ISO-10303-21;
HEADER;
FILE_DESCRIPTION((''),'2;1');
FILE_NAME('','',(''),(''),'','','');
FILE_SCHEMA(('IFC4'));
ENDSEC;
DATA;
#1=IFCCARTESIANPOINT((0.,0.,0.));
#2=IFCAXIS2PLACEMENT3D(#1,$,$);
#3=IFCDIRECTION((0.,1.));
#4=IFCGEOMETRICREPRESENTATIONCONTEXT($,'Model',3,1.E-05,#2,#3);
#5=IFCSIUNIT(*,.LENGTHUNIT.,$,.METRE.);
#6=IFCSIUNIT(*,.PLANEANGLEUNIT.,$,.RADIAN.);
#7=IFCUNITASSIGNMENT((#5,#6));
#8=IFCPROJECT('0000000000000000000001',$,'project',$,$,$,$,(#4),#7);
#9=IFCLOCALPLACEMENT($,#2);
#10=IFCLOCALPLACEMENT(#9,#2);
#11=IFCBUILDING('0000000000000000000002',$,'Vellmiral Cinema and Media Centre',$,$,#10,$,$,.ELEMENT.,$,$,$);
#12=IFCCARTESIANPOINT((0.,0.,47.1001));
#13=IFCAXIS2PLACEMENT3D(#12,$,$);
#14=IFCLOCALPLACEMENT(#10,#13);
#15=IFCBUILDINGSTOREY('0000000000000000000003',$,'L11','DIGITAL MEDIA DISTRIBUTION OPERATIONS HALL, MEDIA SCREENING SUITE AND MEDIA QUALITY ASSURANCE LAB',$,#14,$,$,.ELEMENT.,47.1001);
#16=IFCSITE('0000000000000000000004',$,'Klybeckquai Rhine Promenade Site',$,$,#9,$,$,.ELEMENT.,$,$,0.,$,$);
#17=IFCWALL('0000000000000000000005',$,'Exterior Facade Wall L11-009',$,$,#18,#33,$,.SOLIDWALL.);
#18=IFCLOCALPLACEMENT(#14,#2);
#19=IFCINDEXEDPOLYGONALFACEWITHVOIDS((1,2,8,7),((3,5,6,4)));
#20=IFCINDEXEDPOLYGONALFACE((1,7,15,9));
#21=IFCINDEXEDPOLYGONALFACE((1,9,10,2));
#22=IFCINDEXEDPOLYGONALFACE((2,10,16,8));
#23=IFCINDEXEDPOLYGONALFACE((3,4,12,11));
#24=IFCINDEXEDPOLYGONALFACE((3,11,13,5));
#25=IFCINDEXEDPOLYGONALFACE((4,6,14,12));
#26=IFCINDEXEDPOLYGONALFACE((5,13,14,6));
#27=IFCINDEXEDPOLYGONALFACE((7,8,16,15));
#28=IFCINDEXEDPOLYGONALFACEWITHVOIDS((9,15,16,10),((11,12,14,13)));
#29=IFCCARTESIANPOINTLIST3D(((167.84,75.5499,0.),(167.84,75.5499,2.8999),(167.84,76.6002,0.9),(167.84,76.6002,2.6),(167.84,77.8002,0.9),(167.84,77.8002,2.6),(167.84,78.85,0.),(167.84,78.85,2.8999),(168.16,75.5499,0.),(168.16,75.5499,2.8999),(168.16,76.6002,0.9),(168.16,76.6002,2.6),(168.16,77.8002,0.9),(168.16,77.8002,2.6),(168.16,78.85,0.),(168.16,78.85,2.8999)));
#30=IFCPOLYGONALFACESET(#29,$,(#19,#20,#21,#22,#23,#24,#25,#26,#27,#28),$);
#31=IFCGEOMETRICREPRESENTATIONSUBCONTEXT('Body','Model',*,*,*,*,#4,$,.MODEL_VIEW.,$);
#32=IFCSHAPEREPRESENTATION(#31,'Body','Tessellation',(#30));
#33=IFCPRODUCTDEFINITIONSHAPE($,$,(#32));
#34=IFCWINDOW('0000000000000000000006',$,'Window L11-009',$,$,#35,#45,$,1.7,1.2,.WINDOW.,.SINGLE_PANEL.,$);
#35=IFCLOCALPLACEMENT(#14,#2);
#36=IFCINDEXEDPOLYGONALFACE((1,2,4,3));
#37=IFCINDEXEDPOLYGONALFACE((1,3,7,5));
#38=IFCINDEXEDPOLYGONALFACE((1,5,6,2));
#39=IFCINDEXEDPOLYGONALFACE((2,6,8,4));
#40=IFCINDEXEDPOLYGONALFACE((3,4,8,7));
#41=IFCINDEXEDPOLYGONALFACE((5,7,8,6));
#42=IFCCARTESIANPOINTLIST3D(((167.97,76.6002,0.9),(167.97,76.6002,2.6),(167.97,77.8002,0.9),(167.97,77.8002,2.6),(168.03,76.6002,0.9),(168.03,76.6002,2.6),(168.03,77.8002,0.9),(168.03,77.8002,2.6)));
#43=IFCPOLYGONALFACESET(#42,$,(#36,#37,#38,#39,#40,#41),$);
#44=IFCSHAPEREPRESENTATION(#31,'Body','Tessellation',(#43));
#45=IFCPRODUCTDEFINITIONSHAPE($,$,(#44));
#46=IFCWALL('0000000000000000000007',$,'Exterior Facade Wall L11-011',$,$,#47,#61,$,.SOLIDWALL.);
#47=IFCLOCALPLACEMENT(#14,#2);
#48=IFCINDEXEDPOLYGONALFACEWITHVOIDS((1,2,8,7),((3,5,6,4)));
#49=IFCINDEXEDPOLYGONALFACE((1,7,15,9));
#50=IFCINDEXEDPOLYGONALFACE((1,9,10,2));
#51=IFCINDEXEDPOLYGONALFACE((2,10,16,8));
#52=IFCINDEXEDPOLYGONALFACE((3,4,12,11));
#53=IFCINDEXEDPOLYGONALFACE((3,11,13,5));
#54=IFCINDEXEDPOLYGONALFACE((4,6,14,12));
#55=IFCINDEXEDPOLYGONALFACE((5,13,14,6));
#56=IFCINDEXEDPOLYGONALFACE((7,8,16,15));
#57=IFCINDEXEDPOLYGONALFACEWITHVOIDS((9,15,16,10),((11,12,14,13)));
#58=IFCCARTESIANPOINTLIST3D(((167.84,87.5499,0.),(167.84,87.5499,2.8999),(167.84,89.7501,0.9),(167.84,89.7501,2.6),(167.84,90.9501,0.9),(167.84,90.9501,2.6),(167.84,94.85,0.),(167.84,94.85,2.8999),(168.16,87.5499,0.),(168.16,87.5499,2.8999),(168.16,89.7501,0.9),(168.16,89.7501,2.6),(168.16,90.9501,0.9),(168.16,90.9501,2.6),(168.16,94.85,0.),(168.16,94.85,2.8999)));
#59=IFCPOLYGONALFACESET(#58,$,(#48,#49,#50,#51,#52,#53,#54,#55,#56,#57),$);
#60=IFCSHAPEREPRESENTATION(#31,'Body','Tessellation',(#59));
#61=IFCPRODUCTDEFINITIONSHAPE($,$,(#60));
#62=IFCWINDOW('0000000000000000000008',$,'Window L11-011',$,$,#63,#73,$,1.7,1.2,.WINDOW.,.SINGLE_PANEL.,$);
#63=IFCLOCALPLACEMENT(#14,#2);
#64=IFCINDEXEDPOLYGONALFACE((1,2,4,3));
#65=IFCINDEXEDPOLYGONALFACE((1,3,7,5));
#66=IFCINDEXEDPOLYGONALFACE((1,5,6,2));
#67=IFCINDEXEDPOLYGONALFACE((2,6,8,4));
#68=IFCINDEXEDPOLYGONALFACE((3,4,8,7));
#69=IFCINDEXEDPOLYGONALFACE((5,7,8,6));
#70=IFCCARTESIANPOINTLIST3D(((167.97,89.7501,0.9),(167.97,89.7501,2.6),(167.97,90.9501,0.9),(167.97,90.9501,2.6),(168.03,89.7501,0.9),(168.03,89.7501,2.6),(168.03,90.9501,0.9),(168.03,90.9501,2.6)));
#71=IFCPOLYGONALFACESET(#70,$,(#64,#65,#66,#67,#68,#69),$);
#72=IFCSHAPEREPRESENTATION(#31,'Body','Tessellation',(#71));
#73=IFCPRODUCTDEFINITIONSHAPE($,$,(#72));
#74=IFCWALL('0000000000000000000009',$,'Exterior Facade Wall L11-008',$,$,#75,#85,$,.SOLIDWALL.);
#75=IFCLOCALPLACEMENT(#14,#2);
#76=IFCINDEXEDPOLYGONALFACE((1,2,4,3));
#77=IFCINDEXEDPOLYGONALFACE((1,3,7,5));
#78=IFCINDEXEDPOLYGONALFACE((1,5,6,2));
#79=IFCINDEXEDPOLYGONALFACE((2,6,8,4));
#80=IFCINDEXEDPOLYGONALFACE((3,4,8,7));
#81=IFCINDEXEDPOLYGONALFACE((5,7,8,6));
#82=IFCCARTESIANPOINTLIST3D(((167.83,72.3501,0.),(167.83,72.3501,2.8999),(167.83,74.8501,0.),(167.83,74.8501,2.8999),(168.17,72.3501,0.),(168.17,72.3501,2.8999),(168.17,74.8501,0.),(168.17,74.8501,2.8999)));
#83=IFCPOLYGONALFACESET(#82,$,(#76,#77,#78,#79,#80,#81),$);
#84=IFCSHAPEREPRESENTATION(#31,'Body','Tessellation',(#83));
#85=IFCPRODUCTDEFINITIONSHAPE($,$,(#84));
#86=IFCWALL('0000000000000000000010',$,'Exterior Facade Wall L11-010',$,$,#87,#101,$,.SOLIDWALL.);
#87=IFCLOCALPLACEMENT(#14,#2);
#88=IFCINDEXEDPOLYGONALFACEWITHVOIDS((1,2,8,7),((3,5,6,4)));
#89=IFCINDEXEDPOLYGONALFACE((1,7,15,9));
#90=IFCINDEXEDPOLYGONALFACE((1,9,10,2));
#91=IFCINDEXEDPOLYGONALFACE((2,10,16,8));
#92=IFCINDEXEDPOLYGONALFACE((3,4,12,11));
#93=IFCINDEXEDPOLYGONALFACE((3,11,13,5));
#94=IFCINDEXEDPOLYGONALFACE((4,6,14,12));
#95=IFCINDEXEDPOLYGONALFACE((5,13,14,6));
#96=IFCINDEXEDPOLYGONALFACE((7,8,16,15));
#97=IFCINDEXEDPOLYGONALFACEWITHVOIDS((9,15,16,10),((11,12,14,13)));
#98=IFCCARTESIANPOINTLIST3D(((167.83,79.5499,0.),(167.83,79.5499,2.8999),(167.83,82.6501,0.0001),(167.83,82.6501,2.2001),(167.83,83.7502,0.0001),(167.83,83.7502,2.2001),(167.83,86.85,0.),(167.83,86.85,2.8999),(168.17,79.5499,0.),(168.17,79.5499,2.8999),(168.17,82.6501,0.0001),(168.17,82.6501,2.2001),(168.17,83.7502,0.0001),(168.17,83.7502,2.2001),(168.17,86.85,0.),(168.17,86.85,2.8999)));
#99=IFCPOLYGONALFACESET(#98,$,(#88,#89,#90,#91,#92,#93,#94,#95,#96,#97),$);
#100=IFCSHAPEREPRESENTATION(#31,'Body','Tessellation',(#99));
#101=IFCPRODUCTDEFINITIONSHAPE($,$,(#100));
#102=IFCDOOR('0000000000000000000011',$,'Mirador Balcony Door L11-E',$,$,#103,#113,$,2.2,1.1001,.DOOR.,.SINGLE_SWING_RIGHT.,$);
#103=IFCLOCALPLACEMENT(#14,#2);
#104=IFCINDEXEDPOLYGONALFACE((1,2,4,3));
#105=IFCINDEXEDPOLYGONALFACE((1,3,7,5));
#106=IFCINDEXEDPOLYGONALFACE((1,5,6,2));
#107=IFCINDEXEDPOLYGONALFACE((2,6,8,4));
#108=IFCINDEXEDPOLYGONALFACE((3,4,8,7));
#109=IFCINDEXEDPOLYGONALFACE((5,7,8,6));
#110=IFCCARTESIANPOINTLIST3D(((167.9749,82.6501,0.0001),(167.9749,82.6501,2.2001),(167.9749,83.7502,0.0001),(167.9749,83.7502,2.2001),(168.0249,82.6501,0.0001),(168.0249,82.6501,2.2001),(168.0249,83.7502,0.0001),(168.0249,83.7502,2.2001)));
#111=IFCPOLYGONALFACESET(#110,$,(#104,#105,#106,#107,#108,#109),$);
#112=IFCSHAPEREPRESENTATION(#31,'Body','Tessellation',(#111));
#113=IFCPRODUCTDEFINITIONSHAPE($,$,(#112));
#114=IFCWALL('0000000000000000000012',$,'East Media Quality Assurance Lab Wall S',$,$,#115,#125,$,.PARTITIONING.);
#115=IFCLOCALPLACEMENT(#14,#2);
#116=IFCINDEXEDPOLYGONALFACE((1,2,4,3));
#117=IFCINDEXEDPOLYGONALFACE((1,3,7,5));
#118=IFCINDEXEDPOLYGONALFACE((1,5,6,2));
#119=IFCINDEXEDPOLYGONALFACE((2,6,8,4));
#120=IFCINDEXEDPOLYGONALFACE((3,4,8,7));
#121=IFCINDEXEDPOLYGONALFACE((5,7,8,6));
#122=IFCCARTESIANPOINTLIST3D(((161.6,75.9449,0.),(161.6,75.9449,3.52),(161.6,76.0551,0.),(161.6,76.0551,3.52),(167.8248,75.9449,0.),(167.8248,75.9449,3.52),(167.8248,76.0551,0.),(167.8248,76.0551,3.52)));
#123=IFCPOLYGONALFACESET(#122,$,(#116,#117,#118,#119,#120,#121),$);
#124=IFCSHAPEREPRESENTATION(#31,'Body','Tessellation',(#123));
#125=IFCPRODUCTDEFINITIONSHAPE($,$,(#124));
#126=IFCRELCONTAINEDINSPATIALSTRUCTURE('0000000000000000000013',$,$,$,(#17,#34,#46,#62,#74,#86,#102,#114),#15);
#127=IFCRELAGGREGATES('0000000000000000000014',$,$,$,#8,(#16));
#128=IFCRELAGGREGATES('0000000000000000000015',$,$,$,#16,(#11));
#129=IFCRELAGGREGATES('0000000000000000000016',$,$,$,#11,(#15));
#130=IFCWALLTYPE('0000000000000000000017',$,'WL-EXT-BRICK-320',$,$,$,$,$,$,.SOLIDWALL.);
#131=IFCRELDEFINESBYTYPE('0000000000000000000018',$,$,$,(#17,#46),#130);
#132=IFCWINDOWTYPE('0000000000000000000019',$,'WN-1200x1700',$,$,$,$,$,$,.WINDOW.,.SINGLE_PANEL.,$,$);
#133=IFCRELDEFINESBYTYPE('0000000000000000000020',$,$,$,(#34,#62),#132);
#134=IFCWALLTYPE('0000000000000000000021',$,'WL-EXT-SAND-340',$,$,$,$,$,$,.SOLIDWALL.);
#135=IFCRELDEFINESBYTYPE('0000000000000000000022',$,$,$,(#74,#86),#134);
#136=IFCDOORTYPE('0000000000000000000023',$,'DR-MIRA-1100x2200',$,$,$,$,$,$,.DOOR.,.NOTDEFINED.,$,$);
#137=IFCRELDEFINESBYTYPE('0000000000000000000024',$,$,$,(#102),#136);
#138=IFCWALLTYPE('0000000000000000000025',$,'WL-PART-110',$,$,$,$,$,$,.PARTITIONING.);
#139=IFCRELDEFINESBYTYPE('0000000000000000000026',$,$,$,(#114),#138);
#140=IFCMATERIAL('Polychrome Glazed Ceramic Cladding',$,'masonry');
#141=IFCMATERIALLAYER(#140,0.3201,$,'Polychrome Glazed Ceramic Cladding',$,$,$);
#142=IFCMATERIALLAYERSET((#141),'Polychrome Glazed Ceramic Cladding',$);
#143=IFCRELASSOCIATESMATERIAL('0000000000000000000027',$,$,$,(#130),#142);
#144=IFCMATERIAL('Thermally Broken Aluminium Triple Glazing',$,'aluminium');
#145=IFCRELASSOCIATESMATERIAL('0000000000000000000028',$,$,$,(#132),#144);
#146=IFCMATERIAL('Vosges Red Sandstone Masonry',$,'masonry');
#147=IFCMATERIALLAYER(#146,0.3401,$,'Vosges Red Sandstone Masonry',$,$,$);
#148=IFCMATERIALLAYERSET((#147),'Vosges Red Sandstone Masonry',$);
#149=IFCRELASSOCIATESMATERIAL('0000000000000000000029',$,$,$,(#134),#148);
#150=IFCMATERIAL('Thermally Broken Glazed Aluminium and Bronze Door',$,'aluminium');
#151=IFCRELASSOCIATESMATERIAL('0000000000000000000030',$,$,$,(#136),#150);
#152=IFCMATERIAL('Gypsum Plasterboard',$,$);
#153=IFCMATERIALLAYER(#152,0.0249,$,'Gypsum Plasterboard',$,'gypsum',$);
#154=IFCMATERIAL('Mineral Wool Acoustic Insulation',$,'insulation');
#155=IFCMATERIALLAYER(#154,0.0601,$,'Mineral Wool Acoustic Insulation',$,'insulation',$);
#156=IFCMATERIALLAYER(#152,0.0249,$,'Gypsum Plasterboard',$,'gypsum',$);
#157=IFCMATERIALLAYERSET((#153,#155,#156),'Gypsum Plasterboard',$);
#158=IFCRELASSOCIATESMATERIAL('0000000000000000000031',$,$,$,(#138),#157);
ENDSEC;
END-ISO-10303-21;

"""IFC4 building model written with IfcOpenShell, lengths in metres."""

from ifc_helpers import new_model, si_unit, direction, frame, frame_2d, origin, place, context, subcontext, project, spatial, rectangle, extrude, material, layer, layer_set, type_object, element, fill, save


model = new_model("IFC4")

# Units and contexts
model_context = context("Model", 3, precision=1e-05, world=origin(), true_north=direction((0.0, 1.0)))
body_context = subcontext(model_context, "Body", "Model", "MODEL_VIEW")
ifc_project = project(units=[si_unit("LENGTHUNIT", "METRE"), si_unit("PLANEANGLEUNIT", "RADIAN")], contexts=[model_context])

# Site, building, storey
site_placement = place(None, origin())
site = spatial("IfcSite", under=ifc_project, at=site_placement, Name="Klybeckquai Rhine Promenade Site", CompositionType="ELEMENT", RefElevation=0.0)
building_placement = place(site_placement, origin())
building = spatial("IfcBuilding", under=site, at=building_placement, Name="Vellmiral Cinema and Media Centre", CompositionType="ELEMENT")
storey_placement = place(building_placement, frame((0.0, 0.0, 47.1001)))
storey = spatial("IfcBuildingStorey", under=building, at=storey_placement, Name="L11", Description="DIGITAL MEDIA DISTRIBUTION OPERATIONS HALL, MEDIA SCREENING SUITE AND MEDIA QUALITY ASSURANCE LAB", CompositionType="ELEMENT", Elevation=47.1001)

# Shared definitions
ifc_material_1 = material(Name="Polychrome Glazed Ceramic Cladding", Category="masonry")
ifc_layer_1 = layer(ifc_material_1, 0.3201, Name="Polychrome Glazed Ceramic Cladding")
ifc_layer_set_1 = layer_set([ifc_layer_1], Name="Polychrome Glazed Ceramic Cladding")
wall_type_1 = type_object("IfcWallType", Name="WL-EXT-BRICK-320", PredefinedType="SOLIDWALL", material=ifc_layer_set_1)

# Walls, openings, windows
wall_1_placement = place(storey_placement, frame((168.0, 75.55, 0.0), z_axis=(0.0, 0.0, 1.0), x_axis=(0.0, 1.0, 0.0)))
wall_1 = element("IfcWall", 1, at=wall_1_placement, inside=storey, type_object=wall_type_1, Name="Exterior Facade Wall L11-009", PredefinedType="SOLIDWALL", context=body_context, shape_type="SweptSolid", body=[
    extrude(rectangle(XDim=3.3, YDim=0.3201, at=frame_2d((1.6499, 0.0))), origin(), (0.0, 0.0, 1.0), 2.8999),
])
opening_1_placement = place(wall_1_placement, frame((1.05, 0.0, 0.8999)))
opening_1 = element("IfcOpeningElement", 2, at=opening_1_placement, cuts=wall_1, PredefinedType="OPENING", context=body_context, shape_type="SweptSolid", body=[
    extrude(rectangle(XDim=1.2, YDim=1.7, at=frame_2d((0.6001, 0.8501))), frame((0.0, 0.1719, 0.0), z_axis=(0.0, -1.0, 0.0), x_axis=(1.0, 0.0, 0.0)), (0.0, 0.0, 1.0), 0.344),
])
ifc_material_2 = material(Name="Thermally Broken Aluminium Triple Glazing", Category="aluminium")
window_type = type_object("IfcWindowType", Name="WN-1200x1700", PartitioningType="SINGLE_PANEL", PredefinedType="WINDOW", material=ifc_material_2)
window_1_placement = place(opening_1_placement, origin())
window_1 = element("IfcWindow", 3, at=window_1_placement, inside=storey, type_object=window_type, Name="Window L11-009", OverallHeight=1.7, OverallWidth=1.2, PartitioningType="SINGLE_PANEL", PredefinedType="WINDOW", context=body_context, shape_type="SweptSolid", body=[
    extrude(rectangle(XDim=1.2, YDim=1.7, at=frame_2d((0.6001, 0.8501))), frame((0.0, 0.03, 0.0), z_axis=(0.0, -1.0, 0.0), x_axis=(1.0, 0.0, 0.0)), (0.0, 0.0, 1.0), 0.0601),
])
fill(opening_1, window_1)
wall_2_placement = place(storey_placement, frame((168.0, 87.55, 0.0), z_axis=(0.0, 0.0, 1.0), x_axis=(0.0, 1.0, 0.0)))
wall_2 = element("IfcWall", 4, at=wall_2_placement, inside=storey, type_object=wall_type_1, Name="Exterior Facade Wall L11-011", PredefinedType="SOLIDWALL", context=body_context, shape_type="SweptSolid", body=[
    extrude(rectangle(XDim=7.3, YDim=0.3201, at=frame_2d((3.6499, 0.0))), origin(), (0.0, 0.0, 1.0), 2.8999),
])
opening_2_placement = place(wall_2_placement, frame((2.2, 0.0, 0.8999)))
opening_2 = element("IfcOpeningElement", 5, at=opening_2_placement, cuts=wall_2, PredefinedType="OPENING", context=body_context, shape_type="SweptSolid", body=[
    extrude(rectangle(XDim=1.2, YDim=1.7, at=frame_2d((0.6001, 0.8501))), frame((0.0, 0.1719, 0.0), z_axis=(0.0, -1.0, 0.0), x_axis=(1.0, 0.0, 0.0)), (0.0, 0.0, 1.0), 0.344),
])
window_2_placement = place(opening_2_placement, origin())
window_2 = element("IfcWindow", 6, at=window_2_placement, inside=storey, type_object=window_type, Name="Window L11-011", OverallHeight=1.7, OverallWidth=1.2, PartitioningType="SINGLE_PANEL", PredefinedType="WINDOW", context=body_context, shape_type="SweptSolid", body=[
    extrude(rectangle(XDim=1.2, YDim=1.7, at=frame_2d((0.6001, 0.8501))), frame((0.0, 0.03, 0.0), z_axis=(0.0, -1.0, 0.0), x_axis=(1.0, 0.0, 0.0)), (0.0, 0.0, 1.0), 0.0601),
])
fill(opening_2, window_2)

# Wall
ifc_material_3 = material(Name="Vosges Red Sandstone Masonry", Category="masonry")
ifc_layer_2 = layer(ifc_material_3, 0.3401, Name="Vosges Red Sandstone Masonry")
ifc_layer_set_2 = layer_set([ifc_layer_2], Name="Vosges Red Sandstone Masonry")
wall_type_2 = type_object("IfcWallType", Name="WL-EXT-SAND-340", PredefinedType="SOLIDWALL", material=ifc_layer_set_2)
wall_3_placement = place(storey_placement, frame((168.0, 72.3501, 0.0), z_axis=(0.0, 0.0, 1.0), x_axis=(0.0, 1.0, 0.0)))
element("IfcWall", 7, at=wall_3_placement, inside=storey, type_object=wall_type_2, Name="Exterior Facade Wall L11-008", PredefinedType="SOLIDWALL", context=body_context, shape_type="SweptSolid", body=[
    extrude(rectangle(XDim=2.5, YDim=0.3401, at=frame_2d((1.25, 0.0))), origin(), (0.0, 0.0, 1.0), 2.8999),
])

# Wall, opening, door
wall_4_placement = place(storey_placement, frame((168.0, 79.55, 0.0), z_axis=(0.0, 0.0, 1.0), x_axis=(0.0, 1.0, 0.0)))
wall_4 = element("IfcWall", 8, at=wall_4_placement, inside=storey, type_object=wall_type_2, Name="Exterior Facade Wall L11-010", PredefinedType="SOLIDWALL", context=body_context, shape_type="SweptSolid", body=[
    extrude(rectangle(XDim=7.3, YDim=0.3401, at=frame_2d((3.6499, 0.0))), origin(), (0.0, 0.0, 1.0), 2.8999),
])
opening_3_placement = place(wall_4_placement, frame((3.1001, 0.0, 0.0)))
opening_3 = element("IfcOpeningElement", 9, at=opening_3_placement, cuts=wall_4, PredefinedType="OPENING", context=body_context, shape_type="SweptSolid", body=[
    extrude(rectangle(XDim=1.1001, YDim=2.2, at=frame_2d((0.55, 1.1001))), frame((0.0, 0.1821, 0.0), z_axis=(0.0, -1.0, 0.0), x_axis=(1.0, 0.0, 0.0)), (0.0, 0.0, 1.0), 0.364),
])
ifc_material_4 = material(Name="Thermally Broken Glazed Aluminium and Bronze Door", Category="aluminium")
door_type = type_object("IfcDoorType", Name="DR-MIRA-1100x2200", OperationType="NOTDEFINED", PredefinedType="DOOR", material=ifc_material_4)
door_placement = place(opening_3_placement, frame((1.1001, 0.0, 0.0), z_axis=(0.0, 0.0, 1.0), x_axis=(-1.0, 0.0, 0.0)))
door = element("IfcDoor", 10, at=door_placement, inside=storey, type_object=door_type, Name="Mirador Balcony Door L11-E", OperationType="SINGLE_SWING_RIGHT", OverallHeight=2.2, OverallWidth=1.1001, PredefinedType="DOOR", context=body_context, shape_type="SweptSolid", body=[
    extrude(rectangle(XDim=1.1001, YDim=2.2, at=frame_2d((0.55, 1.1001))), frame((0.0, 0.0249, 0.0), z_axis=(0.0, -1.0, 0.0), x_axis=(1.0, 0.0, 0.0)), (0.0, 0.0, 1.0), 0.05),
])
fill(opening_3, door)

# Wall
ifc_material_5 = material(Name="Gypsum Plasterboard")
ifc_layer_3 = layer(ifc_material_5, 0.0249, Name="Gypsum Plasterboard", Category="gypsum")
ifc_material_6 = material(Name="Mineral Wool Acoustic Insulation", Category="insulation")
ifc_layer_4 = layer(ifc_material_6, 0.0601, Name="Mineral Wool Acoustic Insulation", Category="insulation")
ifc_layer_5 = layer(ifc_material_5, 0.0249, Name="Gypsum Plasterboard", Category="gypsum")
ifc_layer_set_3 = layer_set([ifc_layer_3, ifc_layer_4, ifc_layer_5], Name="Gypsum Plasterboard")
wall_type_3 = type_object("IfcWallType", Name="WL-PART-110", PredefinedType="PARTITIONING", material=ifc_layer_set_3)
wall_5_placement = place(storey_placement, frame((161.6001, 76.0, 0.0), z_axis=(0.0, 0.0, 1.0), x_axis=(1.0, 0.0, 0.0)))
element("IfcWall", 11, at=wall_5_placement, inside=storey, type_object=wall_type_3, Name="East Media Quality Assurance Lab Wall S", PredefinedType="PARTITIONING", context=body_context, shape_type="SweptSolid", body=[
    extrude(rectangle(XDim=6.2249, YDim=0.1101, at=frame_2d((3.1123, 0.0))), origin(), (0.0, 0.0, 1.0), 3.52),
])

save(model, "model.ifc")
